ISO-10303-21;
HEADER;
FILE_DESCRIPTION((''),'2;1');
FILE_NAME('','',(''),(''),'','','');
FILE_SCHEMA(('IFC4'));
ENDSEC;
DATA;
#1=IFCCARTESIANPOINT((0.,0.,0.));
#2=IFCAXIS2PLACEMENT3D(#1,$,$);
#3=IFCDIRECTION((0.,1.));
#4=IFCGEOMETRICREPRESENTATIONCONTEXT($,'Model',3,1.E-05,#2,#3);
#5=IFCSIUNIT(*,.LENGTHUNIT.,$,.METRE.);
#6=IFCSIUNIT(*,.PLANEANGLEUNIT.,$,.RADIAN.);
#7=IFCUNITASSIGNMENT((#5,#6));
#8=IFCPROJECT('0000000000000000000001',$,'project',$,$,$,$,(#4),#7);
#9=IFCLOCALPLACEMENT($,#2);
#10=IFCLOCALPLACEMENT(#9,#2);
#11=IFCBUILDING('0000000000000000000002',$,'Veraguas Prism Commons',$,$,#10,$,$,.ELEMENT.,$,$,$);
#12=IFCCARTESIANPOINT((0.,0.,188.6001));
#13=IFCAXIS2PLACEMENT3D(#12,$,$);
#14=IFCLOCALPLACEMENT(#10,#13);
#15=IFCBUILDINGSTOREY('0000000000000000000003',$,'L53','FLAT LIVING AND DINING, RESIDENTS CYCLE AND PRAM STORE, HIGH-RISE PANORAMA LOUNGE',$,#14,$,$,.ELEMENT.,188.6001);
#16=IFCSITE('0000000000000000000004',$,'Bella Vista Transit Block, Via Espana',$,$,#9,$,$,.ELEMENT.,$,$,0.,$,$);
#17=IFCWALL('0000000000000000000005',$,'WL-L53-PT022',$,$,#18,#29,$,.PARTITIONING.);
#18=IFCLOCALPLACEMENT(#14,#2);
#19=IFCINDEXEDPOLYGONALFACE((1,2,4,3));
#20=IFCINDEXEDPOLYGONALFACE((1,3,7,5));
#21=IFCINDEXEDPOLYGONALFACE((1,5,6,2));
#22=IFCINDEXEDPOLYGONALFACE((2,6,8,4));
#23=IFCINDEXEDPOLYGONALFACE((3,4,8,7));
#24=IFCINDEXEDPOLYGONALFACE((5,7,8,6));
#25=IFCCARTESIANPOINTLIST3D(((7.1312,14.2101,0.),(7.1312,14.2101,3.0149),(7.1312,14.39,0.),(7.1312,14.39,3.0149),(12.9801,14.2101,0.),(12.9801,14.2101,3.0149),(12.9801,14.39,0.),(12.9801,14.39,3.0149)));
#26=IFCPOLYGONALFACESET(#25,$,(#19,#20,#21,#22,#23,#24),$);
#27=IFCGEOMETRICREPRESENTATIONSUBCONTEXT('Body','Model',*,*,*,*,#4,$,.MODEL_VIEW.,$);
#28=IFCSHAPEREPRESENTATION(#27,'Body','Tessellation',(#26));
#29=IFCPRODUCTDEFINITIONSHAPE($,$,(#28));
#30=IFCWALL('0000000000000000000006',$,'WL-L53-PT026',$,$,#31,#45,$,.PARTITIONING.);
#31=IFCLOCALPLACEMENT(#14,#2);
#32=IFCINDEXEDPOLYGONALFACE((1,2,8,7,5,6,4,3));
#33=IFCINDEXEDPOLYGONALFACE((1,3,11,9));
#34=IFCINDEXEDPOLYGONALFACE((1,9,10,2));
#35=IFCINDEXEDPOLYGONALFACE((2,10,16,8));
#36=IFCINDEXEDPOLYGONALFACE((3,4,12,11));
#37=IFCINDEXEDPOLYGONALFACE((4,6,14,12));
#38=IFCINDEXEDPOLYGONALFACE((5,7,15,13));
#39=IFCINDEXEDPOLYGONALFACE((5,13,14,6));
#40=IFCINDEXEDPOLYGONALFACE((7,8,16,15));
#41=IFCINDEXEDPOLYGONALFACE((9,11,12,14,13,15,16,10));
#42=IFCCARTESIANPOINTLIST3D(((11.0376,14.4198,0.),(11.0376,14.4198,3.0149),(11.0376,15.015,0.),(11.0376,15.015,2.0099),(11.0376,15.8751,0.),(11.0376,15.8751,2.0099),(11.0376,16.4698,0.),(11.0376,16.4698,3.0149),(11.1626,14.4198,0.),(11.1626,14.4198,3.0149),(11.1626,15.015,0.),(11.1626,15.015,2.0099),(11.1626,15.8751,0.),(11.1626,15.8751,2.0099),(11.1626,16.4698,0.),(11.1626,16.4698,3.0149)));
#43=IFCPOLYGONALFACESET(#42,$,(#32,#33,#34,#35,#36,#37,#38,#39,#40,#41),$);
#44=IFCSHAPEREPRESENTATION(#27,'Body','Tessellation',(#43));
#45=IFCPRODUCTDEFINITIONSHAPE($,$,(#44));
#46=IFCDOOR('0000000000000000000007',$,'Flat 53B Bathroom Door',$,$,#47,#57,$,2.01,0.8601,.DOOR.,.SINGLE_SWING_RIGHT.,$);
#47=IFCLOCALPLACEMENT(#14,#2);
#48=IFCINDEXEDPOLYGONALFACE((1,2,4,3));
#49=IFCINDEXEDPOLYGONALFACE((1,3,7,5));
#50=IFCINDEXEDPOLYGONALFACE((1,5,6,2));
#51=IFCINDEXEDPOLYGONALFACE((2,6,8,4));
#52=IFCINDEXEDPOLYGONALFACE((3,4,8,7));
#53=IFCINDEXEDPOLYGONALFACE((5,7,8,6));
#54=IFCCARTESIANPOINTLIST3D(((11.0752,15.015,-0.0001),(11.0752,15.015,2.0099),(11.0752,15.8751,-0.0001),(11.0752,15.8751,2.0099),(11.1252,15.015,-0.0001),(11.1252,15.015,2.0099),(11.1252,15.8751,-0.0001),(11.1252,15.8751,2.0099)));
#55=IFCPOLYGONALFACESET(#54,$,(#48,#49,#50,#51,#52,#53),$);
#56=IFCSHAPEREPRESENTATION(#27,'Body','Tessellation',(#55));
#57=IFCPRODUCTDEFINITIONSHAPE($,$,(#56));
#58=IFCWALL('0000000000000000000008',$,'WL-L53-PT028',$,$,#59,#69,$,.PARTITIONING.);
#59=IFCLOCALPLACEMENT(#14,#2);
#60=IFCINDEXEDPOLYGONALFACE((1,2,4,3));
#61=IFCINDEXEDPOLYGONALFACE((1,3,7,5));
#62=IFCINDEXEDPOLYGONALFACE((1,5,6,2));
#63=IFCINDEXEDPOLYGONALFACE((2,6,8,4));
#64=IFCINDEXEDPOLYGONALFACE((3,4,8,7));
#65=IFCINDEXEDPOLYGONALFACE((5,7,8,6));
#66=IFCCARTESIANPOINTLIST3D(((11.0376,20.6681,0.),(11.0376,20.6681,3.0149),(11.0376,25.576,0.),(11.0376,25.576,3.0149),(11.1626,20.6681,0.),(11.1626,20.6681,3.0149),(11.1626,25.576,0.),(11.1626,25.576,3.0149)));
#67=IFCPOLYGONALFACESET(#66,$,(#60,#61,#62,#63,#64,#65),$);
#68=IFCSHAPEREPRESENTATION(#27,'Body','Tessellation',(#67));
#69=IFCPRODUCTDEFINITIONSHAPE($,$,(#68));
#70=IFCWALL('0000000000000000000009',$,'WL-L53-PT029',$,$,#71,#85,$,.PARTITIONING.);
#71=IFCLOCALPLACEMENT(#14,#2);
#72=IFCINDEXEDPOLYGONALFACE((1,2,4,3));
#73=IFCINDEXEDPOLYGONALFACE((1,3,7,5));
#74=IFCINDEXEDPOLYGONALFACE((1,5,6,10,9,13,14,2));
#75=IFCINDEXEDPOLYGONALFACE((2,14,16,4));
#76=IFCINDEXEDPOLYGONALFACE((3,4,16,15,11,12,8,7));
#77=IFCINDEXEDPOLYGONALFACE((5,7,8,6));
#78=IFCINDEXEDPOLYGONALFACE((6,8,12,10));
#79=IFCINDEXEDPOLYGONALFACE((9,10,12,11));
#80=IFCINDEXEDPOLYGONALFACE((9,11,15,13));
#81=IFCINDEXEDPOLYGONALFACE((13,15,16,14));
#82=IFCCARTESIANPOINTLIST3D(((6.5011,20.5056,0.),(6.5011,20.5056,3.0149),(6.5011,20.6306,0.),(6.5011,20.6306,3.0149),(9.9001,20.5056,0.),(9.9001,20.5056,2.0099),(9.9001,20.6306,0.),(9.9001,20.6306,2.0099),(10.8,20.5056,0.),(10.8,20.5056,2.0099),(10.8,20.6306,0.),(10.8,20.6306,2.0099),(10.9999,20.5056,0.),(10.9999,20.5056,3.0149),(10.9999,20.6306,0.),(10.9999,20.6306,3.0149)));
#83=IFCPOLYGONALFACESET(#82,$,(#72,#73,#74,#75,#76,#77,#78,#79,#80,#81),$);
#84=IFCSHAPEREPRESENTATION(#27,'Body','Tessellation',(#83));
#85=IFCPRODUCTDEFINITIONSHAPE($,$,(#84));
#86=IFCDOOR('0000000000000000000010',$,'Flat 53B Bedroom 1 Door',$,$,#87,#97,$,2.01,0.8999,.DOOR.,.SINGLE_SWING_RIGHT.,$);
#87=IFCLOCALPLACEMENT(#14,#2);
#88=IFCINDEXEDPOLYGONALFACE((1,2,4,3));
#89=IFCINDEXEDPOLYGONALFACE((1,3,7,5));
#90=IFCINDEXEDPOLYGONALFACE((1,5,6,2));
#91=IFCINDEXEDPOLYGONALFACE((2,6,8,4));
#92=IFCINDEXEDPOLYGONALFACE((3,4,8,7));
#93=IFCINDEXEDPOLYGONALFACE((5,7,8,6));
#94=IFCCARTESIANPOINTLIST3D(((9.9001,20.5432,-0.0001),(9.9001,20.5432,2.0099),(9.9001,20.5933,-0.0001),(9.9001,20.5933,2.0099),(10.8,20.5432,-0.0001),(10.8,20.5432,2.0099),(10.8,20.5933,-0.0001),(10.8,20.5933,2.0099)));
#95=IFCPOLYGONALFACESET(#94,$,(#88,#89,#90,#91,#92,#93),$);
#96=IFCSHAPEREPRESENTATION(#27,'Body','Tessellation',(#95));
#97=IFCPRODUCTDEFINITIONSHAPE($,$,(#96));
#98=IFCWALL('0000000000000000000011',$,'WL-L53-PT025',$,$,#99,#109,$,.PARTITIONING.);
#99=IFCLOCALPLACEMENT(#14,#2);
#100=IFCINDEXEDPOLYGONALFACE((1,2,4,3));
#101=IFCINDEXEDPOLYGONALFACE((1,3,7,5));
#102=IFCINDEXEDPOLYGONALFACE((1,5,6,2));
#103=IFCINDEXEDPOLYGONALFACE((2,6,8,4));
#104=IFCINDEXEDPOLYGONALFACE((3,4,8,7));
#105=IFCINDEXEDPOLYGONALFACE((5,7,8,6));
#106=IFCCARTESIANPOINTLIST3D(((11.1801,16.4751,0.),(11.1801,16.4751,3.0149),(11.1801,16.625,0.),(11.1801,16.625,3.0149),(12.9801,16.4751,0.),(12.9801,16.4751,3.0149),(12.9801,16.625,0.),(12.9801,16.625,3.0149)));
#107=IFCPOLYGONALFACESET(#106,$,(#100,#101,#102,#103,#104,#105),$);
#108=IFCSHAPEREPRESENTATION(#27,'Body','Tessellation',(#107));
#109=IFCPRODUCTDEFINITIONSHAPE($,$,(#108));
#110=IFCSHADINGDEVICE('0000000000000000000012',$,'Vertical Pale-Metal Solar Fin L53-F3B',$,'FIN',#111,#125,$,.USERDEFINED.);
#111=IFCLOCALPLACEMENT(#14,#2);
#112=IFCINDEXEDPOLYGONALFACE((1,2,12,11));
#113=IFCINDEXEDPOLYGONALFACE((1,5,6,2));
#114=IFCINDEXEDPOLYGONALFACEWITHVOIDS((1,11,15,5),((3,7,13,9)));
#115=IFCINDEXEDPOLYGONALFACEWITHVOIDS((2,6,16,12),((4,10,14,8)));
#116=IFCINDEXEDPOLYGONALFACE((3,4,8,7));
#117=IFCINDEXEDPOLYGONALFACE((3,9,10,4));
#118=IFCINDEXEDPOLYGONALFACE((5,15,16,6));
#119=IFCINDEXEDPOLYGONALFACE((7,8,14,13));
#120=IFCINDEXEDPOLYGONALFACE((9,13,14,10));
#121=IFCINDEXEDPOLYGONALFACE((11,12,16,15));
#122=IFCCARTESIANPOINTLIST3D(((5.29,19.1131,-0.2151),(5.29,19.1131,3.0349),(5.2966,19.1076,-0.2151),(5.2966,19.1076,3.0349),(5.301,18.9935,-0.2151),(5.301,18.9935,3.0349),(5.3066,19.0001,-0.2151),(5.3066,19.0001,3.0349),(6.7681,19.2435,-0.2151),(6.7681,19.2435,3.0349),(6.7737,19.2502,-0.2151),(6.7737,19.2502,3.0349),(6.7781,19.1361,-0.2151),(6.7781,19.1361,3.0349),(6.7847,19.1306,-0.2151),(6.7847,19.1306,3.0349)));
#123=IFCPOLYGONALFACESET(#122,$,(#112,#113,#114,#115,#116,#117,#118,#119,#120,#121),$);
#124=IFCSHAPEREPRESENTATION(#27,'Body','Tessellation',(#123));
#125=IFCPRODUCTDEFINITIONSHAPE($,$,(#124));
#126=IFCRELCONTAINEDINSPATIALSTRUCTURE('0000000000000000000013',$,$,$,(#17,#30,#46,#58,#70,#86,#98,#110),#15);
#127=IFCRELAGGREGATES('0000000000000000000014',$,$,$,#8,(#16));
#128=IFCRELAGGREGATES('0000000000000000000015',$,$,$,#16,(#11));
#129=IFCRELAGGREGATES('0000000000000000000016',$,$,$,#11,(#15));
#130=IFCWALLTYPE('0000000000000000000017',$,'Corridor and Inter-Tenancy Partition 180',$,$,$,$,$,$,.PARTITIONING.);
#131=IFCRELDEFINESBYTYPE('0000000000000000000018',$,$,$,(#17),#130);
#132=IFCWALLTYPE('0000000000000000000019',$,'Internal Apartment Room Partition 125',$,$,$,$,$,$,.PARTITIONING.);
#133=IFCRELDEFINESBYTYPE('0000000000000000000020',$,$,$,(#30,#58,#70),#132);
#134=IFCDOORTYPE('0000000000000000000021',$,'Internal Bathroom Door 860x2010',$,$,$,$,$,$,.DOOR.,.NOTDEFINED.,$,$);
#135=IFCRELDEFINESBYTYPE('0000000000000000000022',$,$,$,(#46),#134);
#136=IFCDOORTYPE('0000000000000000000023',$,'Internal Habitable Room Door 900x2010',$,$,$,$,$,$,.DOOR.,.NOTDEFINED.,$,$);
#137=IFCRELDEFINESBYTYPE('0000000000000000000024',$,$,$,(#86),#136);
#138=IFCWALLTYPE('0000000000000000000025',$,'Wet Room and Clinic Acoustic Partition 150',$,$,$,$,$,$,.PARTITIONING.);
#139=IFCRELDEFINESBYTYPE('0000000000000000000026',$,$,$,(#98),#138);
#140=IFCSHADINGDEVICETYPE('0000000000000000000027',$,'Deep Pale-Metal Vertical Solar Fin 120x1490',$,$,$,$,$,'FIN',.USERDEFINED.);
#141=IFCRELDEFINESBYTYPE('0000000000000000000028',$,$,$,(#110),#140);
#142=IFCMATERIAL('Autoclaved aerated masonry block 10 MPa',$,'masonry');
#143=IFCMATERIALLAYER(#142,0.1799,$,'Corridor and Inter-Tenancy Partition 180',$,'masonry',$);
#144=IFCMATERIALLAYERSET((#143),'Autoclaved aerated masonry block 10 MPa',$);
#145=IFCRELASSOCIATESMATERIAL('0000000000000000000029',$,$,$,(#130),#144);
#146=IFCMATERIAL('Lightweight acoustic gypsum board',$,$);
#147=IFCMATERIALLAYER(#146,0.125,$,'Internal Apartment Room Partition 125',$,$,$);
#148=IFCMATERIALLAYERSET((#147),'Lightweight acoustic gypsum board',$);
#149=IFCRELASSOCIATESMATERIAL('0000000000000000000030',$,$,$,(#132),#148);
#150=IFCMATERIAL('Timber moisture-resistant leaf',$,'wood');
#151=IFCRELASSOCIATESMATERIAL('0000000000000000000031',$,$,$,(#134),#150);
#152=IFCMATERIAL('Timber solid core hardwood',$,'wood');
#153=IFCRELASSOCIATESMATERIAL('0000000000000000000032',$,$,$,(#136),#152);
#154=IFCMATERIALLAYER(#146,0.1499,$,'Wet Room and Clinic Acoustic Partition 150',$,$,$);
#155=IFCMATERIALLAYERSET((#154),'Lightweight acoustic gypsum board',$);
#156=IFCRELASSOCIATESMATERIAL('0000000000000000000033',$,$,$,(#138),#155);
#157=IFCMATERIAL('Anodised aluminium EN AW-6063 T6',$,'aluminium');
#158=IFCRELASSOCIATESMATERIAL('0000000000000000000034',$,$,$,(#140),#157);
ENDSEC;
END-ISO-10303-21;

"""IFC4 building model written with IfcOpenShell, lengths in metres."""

from ifc_helpers import new_model, si_unit, direction, frame, frame_2d, origin, origin_2d, place, context, subcontext, project, spatial, rectangle, hollow_rectangle, extrude, source, transform, mapped, material, layer, layer_set, material_profile, profile_set, type_object, element, fill, save


model = new_model("IFC4")

# Units and contexts
model_context = context("Model", 3, precision=1e-05, world=origin(), true_north=direction((0.0, 1.0)))
body_context = subcontext(model_context, "Body", "Model", "MODEL_VIEW")
ifc_project = project(units=[si_unit("LENGTHUNIT", "METRE"), si_unit("PLANEANGLEUNIT", "RADIAN")], contexts=[model_context])

# Site, building, storey
site_placement = place(None, origin())
site = spatial("IfcSite", under=ifc_project, at=site_placement, Name="Bella Vista Transit Block, Via Espana", CompositionType="ELEMENT", RefElevation=0.0)
building_placement = place(site_placement, origin())
building = spatial("IfcBuilding", under=site, at=building_placement, Name="Veraguas Prism Commons", CompositionType="ELEMENT")
storey_placement = place(building_placement, frame((0.0, 0.0, 188.6001)))
storey = spatial("IfcBuildingStorey", under=building, at=storey_placement, Name="L53", Description="FLAT LIVING AND DINING, RESIDENTS CYCLE AND PRAM STORE, HIGH-RISE PANORAMA LOUNGE", CompositionType="ELEMENT", Elevation=188.6001)

# Shared definitions
ifc_material_1 = material(Name="Anodised aluminium EN AW-6063 T6", Category="aluminium")

# Wall
ifc_material_2 = material(Name="Autoclaved aerated masonry block 10 MPa", Category="masonry")
ifc_layer_1 = layer(ifc_material_2, 0.1799, Name="Corridor and Inter-Tenancy Partition 180", Category="masonry")
ifc_layer_set_1 = layer_set([ifc_layer_1], Name="Autoclaved aerated masonry block 10 MPa")
wall_type_1 = type_object("IfcWallType", Name="Corridor and Inter-Tenancy Partition 180", PredefinedType="PARTITIONING", material=ifc_layer_set_1)
wall_1_placement = place(storey_placement, frame((12.98, 14.3, 0.0), z_axis=(0.0, 0.0, 1.0), x_axis=(-1.0, 0.0, 0.0)))
element("IfcWall", 1, at=wall_1_placement, inside=storey, type_object=wall_type_1, Name="WL-L53-PT022", PredefinedType="PARTITIONING", context=body_context, shape_type="SweptSolid", body=[
    extrude(rectangle(XDim=5.8489, YDim=0.1799, at=frame_2d((2.9243, 0.0))), origin(), (0.0, 0.0, 1.0), 3.0149),
])

# Wall, opening, door
ifc_material_3 = material(Name="Lightweight acoustic gypsum board")
ifc_layer_2 = layer(ifc_material_3, 0.125, Name="Internal Apartment Room Partition 125")
ifc_layer_set_2 = layer_set([ifc_layer_2], Name="Lightweight acoustic gypsum board")
wall_type_2 = type_object("IfcWallType", Name="Internal Apartment Room Partition 125", PredefinedType="PARTITIONING", material=ifc_layer_set_2)
wall_2_placement = place(storey_placement, frame((11.1001, 14.4199, 0.0), z_axis=(0.0, 0.0, 1.0), x_axis=(0.0, 1.0, 0.0)))
wall_2 = element("IfcWall", 2, at=wall_2_placement, inside=storey, type_object=wall_type_2, Name="WL-L53-PT026", PredefinedType="PARTITIONING", context=body_context, shape_type="SweptSolid", body=[
    extrude(rectangle(XDim=2.05, YDim=0.125, at=frame_2d((1.0249, 0.0))), origin(), (0.0, 0.0, 1.0), 3.0149),
])
opening_1_placement = place(wall_2_placement, frame((0.595, 0.0, 0.0)))
opening_1 = element("IfcOpeningElement", 3, at=opening_1_placement, cuts=wall_2, PredefinedType="OPENING", context=body_context, shape_type="SweptSolid", body=[
    extrude(rectangle(XDim=0.8601, YDim=2.01, at=frame_2d((0.4302, 1.0049))), frame((0.0, 0.0725, 0.0), z_axis=(0.0, -1.0, 0.0), x_axis=(1.0, 0.0, 0.0)), (0.0, 0.0, 1.0), 0.145),
])
ifc_material_4 = material(Name="Timber moisture-resistant leaf", Category="wood")
door_type_1 = type_object("IfcDoorType", Name="Internal Bathroom Door 860x2010", OperationType="NOTDEFINED", PredefinedType="DOOR", material=ifc_material_4)
shared_shape_1 = source(origin(), body_context, "Body", "SweptSolid", [
    extrude(rectangle(XDim=0.8601, YDim=2.01, at=frame_2d((0.4302, 1.0049))), frame((0.0, 0.0249, 0.0), z_axis=(0.0, -1.0, 0.0), x_axis=(1.0, 0.0, 0.0)), (0.0, 0.0, 1.0), 0.05),
])
door_1_placement = place(opening_1_placement, origin())
door_1 = element("IfcDoor", 4, at=door_1_placement, inside=storey, type_object=door_type_1, Name="Flat 53B Bathroom Door", OperationType="SINGLE_SWING_RIGHT", OverallHeight=2.01, OverallWidth=0.8601, PredefinedType="DOOR", context=body_context, shape_type="MappedRepresentation", body=[
    mapped(shared_shape_1, transform((0.0, 0.0, 0.0), scale=1.0)),
])
fill(opening_1, door_1)

# Wall
wall_3_placement = place(storey_placement, frame((11.1001, 20.668, 0.0), z_axis=(0.0, 0.0, 1.0), x_axis=(0.0, 1.0, 0.0)))
element("IfcWall", 5, at=wall_3_placement, inside=storey, type_object=wall_type_2, Name="WL-L53-PT028", PredefinedType="PARTITIONING", context=body_context, shape_type="SweptSolid", body=[
    extrude(rectangle(XDim=4.908, YDim=0.125, at=frame_2d((2.4541, 0.0))), origin(), (0.0, 0.0, 1.0), 3.0149),
])

# Wall, opening, door
wall_4_placement = place(storey_placement, frame((11.0, 20.5681, 0.0), z_axis=(0.0, 0.0, 1.0), x_axis=(-1.0, 0.0, 0.0)))
wall_4 = element("IfcWall", 6, at=wall_4_placement, inside=storey, type_object=wall_type_2, Name="WL-L53-PT029", PredefinedType="PARTITIONING", context=body_context, shape_type="SweptSolid", body=[
    extrude(rectangle(XDim=4.4988, YDim=0.125, at=frame_2d((2.2495, 0.0))), origin(), (0.0, 0.0, 1.0), 3.0149),
])
opening_2_placement = place(wall_4_placement, frame((0.2, 0.0, 0.0)))
opening_2 = element("IfcOpeningElement", 7, at=opening_2_placement, cuts=wall_4, PredefinedType="OPENING", context=body_context, shape_type="SweptSolid", body=[
    extrude(rectangle(XDim=0.8999, YDim=2.01, at=frame_2d((0.45, 1.0049))), frame((0.0, 0.0725, 0.0), z_axis=(0.0, -1.0, 0.0), x_axis=(1.0, 0.0, 0.0)), (0.0, 0.0, 1.0), 0.145),
])
ifc_material_5 = material(Name="Timber solid core hardwood", Category="wood")
door_type_2 = type_object("IfcDoorType", Name="Internal Habitable Room Door 900x2010", OperationType="NOTDEFINED", PredefinedType="DOOR", material=ifc_material_5)
shared_shape_2 = source(origin(), body_context, "Body", "SweptSolid", [
    extrude(rectangle(XDim=0.8999, YDim=2.01, at=frame_2d((0.45, 1.0049))), frame((0.0, 0.0249, 0.0), z_axis=(0.0, -1.0, 0.0), x_axis=(1.0, 0.0, 0.0)), (0.0, 0.0, 1.0), 0.05),
])
door_2_placement = place(opening_2_placement, origin())
door_2 = element("IfcDoor", 8, at=door_2_placement, inside=storey, type_object=door_type_2, Name="Flat 53B Bedroom 1 Door", OperationType="SINGLE_SWING_RIGHT", OverallHeight=2.01, OverallWidth=0.8999, PredefinedType="DOOR", context=body_context, shape_type="MappedRepresentation", body=[
    mapped(shared_shape_2, transform((0.0, 0.0, 0.0), scale=1.0)),
])
fill(opening_2, door_2)

# Wall
ifc_layer_3 = layer(ifc_material_3, 0.1499, Name="Wet Room and Clinic Acoustic Partition 150")
ifc_layer_set_3 = layer_set([ifc_layer_3], Name="Lightweight acoustic gypsum board")
wall_type_3 = type_object("IfcWallType", Name="Wet Room and Clinic Acoustic Partition 150", PredefinedType="PARTITIONING", material=ifc_layer_set_3)
wall_5_placement = place(storey_placement, frame((12.98, 16.55, 0.0), z_axis=(0.0, 0.0, 1.0), x_axis=(-1.0, 0.0, 0.0)))
element("IfcWall", 9, at=wall_5_placement, inside=storey, type_object=wall_type_3, Name="WL-L53-PT025", PredefinedType="PARTITIONING", context=body_context, shape_type="SweptSolid", body=[
    extrude(rectangle(XDim=1.8, YDim=0.1499, at=frame_2d((0.8999, 0.0))), origin(), (0.0, 0.0, 1.0), 3.0149),
])

# Shading device
ifc_material_profile_1 = material_profile(ifc_material_1, hollow_rectangle(XDim=0.1201, YDim=1.49, WallThickness=0.0061, at=origin_2d()), Name="FIN120X1490X6")
ifc_profile_set_1 = profile_set([ifc_material_profile_1], Name="Anodised aluminium EN AW-6063 T6")
shading_device_type = type_object("IfcShadingDeviceType", Name="Deep Pale-Metal Vertical Solar Fin 120x1490", ElementType="FIN", PredefinedType="USERDEFINED", material=ifc_profile_set_1)
shading_device_placement = place(storey_placement, frame((6.0374, 19.1218, -0.2151), z_axis=(0.0, 0.0, 1.0), x_axis=(0.092021, -0.995757, 0.0)))
element("IfcShadingDevice", 10, at=shading_device_placement, inside=storey, type_object=shading_device_type, Name="Vertical Pale-Metal Solar Fin L53-F3B", ObjectType="FIN", PredefinedType="USERDEFINED", context=body_context, shape_type="SweptSolid", body=[
    extrude(hollow_rectangle(XDim=0.1201, YDim=1.49, WallThickness=0.0061, at=origin_2d()), origin(), (0.0, 0.0, 1.0), 3.25),
])

save(model, "model.ifc")
